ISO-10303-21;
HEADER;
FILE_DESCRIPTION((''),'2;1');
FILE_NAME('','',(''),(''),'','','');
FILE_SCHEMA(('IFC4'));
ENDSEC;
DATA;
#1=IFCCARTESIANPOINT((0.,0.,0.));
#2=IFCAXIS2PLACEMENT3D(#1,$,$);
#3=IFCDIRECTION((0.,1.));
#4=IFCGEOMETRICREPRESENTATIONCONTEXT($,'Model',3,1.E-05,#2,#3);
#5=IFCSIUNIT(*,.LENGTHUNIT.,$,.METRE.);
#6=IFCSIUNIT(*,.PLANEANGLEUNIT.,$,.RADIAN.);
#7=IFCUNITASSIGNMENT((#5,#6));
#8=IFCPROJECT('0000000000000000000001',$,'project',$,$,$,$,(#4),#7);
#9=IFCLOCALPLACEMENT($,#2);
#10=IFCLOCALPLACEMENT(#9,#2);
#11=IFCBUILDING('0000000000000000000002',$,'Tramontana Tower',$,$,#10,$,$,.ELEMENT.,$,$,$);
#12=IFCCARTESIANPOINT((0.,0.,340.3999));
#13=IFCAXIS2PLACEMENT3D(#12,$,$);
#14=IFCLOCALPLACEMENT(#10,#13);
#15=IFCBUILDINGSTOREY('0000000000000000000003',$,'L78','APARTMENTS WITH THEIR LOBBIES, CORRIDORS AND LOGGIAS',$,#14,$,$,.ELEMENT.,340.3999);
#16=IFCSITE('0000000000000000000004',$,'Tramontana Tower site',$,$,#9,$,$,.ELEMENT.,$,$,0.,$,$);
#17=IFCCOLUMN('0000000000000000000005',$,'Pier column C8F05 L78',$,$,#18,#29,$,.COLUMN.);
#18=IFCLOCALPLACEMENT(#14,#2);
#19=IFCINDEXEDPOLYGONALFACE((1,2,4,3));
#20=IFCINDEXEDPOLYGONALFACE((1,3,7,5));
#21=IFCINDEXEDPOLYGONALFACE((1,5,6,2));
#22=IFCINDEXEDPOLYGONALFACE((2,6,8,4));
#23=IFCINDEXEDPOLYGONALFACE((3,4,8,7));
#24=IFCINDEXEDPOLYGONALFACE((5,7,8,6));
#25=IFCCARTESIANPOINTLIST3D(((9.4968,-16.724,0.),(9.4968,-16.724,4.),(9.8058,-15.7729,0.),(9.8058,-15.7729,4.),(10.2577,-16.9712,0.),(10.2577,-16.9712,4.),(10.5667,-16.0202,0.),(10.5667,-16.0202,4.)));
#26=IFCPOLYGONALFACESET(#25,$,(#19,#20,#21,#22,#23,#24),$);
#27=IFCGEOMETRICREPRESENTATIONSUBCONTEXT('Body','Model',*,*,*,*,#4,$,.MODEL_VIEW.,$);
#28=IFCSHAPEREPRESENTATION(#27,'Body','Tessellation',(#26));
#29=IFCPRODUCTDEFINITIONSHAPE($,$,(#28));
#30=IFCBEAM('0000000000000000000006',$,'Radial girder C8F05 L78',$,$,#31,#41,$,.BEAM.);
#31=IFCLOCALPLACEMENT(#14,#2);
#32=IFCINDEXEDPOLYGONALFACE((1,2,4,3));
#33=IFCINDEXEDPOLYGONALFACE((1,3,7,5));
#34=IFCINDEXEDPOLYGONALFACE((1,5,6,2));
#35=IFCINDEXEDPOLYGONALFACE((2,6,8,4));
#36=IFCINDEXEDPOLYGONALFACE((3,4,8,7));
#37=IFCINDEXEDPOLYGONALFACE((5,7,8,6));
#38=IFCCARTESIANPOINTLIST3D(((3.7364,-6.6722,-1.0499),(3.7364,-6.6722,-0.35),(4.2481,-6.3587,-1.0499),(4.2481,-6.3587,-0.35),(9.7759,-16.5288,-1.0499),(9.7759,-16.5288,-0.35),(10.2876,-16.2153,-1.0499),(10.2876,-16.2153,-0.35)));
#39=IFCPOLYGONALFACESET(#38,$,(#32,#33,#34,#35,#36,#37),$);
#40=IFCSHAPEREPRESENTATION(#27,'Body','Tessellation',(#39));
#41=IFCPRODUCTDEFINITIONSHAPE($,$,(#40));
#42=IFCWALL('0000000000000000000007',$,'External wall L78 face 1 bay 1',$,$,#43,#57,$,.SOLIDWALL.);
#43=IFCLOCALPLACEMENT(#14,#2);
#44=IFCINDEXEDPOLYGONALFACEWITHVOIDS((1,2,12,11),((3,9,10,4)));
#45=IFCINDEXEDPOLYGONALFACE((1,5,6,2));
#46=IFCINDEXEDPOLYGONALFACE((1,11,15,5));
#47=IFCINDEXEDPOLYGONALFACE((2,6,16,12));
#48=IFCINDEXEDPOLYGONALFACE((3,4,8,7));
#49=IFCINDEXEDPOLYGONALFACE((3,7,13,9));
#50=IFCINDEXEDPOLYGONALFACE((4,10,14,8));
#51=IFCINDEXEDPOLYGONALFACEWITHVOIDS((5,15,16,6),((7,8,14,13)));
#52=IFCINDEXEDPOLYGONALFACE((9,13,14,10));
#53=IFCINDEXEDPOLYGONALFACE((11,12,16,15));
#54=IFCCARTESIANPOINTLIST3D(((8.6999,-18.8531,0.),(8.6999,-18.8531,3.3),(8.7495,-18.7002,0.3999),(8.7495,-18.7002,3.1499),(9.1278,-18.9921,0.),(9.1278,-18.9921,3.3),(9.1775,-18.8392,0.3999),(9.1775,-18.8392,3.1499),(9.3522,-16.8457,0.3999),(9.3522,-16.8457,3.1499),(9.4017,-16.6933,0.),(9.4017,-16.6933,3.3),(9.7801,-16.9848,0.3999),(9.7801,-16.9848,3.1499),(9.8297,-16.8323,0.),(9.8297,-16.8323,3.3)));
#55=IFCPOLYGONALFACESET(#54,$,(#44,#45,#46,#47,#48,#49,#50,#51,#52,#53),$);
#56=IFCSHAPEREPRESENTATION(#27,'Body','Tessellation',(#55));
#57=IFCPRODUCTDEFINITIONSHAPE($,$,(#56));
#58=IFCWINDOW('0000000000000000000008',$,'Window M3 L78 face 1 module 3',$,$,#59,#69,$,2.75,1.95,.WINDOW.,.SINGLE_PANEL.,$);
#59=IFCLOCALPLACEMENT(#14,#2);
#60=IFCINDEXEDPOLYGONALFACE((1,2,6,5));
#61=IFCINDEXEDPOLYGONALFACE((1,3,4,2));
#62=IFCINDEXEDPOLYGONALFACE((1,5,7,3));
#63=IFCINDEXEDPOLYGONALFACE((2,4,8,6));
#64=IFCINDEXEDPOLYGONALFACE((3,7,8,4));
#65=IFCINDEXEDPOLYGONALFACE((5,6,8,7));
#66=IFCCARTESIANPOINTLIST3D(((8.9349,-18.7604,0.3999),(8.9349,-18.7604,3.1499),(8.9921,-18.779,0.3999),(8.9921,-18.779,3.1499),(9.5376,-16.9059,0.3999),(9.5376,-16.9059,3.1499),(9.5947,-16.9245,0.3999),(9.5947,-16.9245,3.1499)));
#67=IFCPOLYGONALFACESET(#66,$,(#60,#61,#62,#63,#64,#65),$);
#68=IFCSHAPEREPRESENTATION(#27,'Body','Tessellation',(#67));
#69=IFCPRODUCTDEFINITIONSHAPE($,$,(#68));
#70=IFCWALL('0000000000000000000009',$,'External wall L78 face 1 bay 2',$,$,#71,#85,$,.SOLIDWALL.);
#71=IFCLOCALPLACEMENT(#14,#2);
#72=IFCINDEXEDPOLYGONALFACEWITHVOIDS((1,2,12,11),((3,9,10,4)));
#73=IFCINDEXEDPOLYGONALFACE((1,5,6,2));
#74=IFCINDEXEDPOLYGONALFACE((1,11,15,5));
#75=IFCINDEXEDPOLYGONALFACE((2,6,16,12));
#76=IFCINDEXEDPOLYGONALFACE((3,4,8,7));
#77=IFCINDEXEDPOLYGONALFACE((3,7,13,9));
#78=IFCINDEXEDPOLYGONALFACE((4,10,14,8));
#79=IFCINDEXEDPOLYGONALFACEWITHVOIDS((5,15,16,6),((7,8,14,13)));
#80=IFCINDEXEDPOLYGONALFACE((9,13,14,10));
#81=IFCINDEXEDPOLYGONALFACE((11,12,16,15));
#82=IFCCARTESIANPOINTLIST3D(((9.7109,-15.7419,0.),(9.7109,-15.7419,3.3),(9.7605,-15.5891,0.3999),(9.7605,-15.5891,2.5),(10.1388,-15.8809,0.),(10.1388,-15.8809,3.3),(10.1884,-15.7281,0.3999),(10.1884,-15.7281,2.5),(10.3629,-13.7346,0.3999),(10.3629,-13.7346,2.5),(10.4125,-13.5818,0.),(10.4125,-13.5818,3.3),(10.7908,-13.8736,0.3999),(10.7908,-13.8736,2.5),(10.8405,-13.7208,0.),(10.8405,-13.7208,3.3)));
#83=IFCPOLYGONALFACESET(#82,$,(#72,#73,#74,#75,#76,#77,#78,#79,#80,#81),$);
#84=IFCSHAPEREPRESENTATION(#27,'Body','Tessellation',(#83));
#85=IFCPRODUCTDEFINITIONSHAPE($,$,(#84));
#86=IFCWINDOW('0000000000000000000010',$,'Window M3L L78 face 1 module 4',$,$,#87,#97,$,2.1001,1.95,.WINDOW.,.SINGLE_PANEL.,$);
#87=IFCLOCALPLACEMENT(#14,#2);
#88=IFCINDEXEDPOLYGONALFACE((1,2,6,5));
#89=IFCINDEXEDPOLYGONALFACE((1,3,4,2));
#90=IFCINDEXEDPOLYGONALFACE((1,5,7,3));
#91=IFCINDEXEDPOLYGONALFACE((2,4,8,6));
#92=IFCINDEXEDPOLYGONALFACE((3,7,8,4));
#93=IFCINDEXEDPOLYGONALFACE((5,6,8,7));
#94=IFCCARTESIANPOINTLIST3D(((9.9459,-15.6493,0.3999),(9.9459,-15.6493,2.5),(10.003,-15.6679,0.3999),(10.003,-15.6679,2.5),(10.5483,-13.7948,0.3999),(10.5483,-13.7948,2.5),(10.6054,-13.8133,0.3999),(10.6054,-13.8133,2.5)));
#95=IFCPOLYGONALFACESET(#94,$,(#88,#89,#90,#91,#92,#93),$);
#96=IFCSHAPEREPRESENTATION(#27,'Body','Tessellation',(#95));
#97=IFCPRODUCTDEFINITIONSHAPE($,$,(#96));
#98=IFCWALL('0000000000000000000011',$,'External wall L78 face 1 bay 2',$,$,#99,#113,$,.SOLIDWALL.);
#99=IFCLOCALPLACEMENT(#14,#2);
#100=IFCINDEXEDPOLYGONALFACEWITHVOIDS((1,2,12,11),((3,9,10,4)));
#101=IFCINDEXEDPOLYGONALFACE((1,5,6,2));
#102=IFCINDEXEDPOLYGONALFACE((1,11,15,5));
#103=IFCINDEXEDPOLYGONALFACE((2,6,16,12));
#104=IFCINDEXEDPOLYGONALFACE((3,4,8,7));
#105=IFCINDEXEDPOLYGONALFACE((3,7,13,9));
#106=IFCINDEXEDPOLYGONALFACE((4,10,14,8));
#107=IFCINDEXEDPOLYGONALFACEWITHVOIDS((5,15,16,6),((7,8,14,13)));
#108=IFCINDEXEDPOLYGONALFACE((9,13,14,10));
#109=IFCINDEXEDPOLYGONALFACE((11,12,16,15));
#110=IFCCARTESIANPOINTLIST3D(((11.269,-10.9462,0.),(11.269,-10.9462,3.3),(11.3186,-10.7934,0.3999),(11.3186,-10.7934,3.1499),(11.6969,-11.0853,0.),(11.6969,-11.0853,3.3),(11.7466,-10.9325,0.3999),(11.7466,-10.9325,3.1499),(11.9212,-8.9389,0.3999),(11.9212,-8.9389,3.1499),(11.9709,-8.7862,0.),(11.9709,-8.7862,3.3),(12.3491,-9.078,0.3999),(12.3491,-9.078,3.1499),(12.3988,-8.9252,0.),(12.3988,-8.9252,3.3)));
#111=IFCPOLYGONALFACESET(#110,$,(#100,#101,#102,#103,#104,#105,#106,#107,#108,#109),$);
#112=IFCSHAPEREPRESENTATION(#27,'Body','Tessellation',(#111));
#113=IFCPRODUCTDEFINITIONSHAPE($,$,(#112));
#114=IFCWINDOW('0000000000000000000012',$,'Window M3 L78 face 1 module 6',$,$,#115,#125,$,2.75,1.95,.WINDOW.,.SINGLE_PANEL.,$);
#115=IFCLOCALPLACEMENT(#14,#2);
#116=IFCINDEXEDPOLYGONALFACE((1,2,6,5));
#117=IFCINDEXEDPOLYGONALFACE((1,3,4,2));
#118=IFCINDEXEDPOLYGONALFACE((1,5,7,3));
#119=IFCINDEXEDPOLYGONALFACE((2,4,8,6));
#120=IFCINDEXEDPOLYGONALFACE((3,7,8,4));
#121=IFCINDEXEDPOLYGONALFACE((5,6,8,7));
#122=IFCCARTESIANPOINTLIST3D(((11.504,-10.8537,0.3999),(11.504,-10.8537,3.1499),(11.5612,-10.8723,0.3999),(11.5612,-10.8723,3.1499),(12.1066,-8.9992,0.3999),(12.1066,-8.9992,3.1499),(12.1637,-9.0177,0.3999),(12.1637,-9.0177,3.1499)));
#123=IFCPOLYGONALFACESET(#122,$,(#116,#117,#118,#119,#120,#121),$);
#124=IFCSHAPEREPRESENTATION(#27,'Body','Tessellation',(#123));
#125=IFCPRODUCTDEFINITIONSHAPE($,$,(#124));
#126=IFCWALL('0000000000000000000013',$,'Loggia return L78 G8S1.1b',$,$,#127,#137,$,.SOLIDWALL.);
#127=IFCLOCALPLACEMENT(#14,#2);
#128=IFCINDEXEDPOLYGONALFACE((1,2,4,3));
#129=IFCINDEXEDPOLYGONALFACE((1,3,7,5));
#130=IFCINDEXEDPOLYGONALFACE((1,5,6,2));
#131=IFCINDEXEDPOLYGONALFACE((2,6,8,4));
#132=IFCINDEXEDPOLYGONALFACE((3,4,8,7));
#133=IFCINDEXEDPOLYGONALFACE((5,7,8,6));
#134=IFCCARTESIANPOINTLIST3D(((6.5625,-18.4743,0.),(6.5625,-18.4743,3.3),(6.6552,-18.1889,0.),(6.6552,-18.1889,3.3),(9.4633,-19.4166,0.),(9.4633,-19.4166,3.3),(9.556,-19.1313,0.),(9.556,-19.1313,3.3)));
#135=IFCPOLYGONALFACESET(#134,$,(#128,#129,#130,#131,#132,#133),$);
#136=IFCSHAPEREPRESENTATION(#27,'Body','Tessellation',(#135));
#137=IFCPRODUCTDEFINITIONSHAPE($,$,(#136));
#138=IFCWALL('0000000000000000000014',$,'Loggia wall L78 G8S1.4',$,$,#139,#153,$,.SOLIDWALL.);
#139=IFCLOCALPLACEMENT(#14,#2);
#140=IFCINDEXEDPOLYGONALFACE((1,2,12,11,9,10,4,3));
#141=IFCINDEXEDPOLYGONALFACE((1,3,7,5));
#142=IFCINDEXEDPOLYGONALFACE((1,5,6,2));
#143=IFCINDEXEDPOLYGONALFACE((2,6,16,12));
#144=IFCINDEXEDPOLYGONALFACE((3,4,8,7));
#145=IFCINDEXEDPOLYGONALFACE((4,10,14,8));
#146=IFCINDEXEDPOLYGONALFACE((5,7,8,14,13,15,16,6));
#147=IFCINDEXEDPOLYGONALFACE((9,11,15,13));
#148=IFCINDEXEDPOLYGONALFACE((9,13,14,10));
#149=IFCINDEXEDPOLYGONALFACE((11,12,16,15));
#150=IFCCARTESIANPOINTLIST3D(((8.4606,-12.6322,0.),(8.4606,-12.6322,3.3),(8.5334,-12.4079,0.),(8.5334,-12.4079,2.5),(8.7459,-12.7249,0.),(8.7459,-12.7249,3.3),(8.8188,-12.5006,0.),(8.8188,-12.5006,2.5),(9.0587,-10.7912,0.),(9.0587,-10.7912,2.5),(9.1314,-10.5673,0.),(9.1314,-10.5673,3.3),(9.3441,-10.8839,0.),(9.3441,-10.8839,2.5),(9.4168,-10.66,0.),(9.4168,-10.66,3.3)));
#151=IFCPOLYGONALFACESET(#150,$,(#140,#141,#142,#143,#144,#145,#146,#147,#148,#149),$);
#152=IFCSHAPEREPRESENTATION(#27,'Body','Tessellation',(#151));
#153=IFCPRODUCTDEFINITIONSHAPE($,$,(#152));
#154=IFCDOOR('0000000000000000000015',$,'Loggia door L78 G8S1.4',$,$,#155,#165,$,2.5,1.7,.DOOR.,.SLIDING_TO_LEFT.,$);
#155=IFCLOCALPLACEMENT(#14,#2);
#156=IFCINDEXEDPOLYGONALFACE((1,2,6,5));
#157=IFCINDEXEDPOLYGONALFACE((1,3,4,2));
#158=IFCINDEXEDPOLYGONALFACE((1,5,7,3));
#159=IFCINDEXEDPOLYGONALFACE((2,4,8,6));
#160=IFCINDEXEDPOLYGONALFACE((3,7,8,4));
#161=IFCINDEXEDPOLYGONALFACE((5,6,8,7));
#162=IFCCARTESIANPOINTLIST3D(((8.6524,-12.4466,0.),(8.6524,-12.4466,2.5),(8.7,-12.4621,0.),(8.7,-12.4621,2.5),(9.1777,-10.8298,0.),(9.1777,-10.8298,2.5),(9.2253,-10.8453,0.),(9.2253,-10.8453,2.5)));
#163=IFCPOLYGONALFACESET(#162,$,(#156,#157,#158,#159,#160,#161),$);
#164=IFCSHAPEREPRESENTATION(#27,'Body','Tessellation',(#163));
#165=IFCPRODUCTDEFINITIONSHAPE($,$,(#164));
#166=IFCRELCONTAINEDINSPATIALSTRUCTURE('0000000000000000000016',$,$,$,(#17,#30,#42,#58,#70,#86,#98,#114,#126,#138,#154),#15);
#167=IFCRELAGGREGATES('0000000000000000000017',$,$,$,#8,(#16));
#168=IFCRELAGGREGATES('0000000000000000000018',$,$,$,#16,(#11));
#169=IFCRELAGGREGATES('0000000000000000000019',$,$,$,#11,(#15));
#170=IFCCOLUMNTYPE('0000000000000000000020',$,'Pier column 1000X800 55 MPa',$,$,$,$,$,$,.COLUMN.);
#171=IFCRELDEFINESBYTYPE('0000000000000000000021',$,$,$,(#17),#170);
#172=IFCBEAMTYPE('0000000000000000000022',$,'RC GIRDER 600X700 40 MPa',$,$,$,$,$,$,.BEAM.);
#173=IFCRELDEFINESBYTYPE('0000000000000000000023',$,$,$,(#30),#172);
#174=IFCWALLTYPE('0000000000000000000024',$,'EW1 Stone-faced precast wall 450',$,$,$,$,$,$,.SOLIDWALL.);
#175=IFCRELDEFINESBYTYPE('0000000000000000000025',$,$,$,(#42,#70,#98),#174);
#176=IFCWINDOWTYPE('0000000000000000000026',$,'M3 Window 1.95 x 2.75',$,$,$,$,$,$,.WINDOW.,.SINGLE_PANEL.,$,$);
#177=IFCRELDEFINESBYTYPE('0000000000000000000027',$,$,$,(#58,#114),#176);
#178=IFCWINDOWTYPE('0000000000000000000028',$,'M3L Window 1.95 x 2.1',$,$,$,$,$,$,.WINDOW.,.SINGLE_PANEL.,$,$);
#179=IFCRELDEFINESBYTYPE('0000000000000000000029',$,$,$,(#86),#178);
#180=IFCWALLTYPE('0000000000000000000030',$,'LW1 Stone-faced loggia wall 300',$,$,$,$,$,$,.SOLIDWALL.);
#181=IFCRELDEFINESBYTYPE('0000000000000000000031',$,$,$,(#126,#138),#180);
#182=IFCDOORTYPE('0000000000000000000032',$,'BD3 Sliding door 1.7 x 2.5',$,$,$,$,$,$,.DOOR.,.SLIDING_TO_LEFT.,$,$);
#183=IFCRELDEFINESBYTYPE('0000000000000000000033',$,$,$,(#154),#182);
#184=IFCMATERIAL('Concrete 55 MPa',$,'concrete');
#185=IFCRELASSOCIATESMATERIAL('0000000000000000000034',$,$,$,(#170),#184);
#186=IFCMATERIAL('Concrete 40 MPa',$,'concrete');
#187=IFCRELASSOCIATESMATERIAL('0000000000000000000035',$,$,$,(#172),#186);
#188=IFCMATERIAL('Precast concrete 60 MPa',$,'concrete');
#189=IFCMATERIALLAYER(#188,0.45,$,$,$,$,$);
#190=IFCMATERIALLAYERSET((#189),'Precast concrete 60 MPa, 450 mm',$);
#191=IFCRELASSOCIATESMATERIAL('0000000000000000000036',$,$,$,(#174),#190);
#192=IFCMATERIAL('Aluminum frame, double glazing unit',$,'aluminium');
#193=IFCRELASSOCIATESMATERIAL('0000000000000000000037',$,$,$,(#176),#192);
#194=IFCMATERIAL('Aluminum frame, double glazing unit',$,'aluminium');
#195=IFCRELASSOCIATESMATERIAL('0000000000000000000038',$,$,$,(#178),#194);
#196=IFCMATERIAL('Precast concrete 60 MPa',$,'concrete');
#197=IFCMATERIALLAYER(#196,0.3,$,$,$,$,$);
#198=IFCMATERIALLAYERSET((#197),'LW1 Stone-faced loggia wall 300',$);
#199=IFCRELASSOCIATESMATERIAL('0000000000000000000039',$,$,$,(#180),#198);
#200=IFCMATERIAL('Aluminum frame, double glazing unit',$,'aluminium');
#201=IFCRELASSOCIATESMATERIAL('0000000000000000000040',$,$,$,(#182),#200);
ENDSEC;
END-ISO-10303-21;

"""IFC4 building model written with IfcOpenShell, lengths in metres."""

from ifc_helpers import new_model, si_unit, direction, frame, frame_2d, origin, origin_2d, place, context, subcontext, project, spatial, rectangle, extrude, material, layer, layer_set, material_profile, profile_set, type_object, element, fill, save


model = new_model("IFC4")

# Units and contexts
model_context = context("Model", 3, precision=1e-05, world=origin(), true_north=direction((0.0, 1.0)))
body_context = subcontext(model_context, "Body", "Model", "MODEL_VIEW")
ifc_project = project(units=[si_unit("LENGTHUNIT", "METRE"), si_unit("PLANEANGLEUNIT", "RADIAN")], contexts=[model_context])

# Site, building, storey
site_placement = place(None, origin())
site = spatial("IfcSite", under=ifc_project, at=site_placement, Name="Tramontana Tower site", CompositionType="ELEMENT", RefElevation=0.0)
building_placement = place(site_placement, origin())
building = spatial("IfcBuilding", under=site, at=building_placement, Name="Tramontana Tower", CompositionType="ELEMENT")
storey_placement = place(building_placement, frame((0.0, 0.0, 340.3999)))
storey = spatial("IfcBuildingStorey", under=building, at=storey_placement, Name="L78", Description="APARTMENTS WITH THEIR LOBBIES, CORRIDORS AND LOGGIAS", CompositionType="ELEMENT", Elevation=340.3999)

# Column
ifc_material_1 = material(Name="Concrete 55 MPa", Category="concrete")
ifc_material_profile_1 = material_profile(ifc_material_1, rectangle(XDim=1.0, YDim=0.8, at=origin_2d()), Name="Pier column 1000X800 55 MPa")
ifc_profile_set_1 = profile_set([ifc_material_profile_1], Name="Concrete 55 MPa")
column_type = type_object("IfcColumnType", Name="Pier column 1000X800 55 MPa", PredefinedType="COLUMN", material=ifc_profile_set_1)
column_placement = place(storey_placement, frame((10.0317, -16.3721, 0.0), z_axis=(0.0, 0.0, 1.0), x_axis=(0.309017, 0.951057, 0.0)))
element("IfcColumn", 1, at=column_placement, inside=storey, type_object=column_type, Name="Pier column C8F05 L78", PredefinedType="COLUMN", context=body_context, shape_type="SweptSolid", body=[
    extrude(rectangle(XDim=1.0, YDim=0.8, at=origin_2d()), origin(), (0.0, 0.0, 1.0), 4.0),
])

# Beam
ifc_material_2 = material(Name="Concrete 40 MPa", Category="concrete")
ifc_material_profile_2 = material_profile(ifc_material_2, rectangle(XDim=0.6001, YDim=0.7, at=origin_2d()), Name="RC GIRDER 600X700 40 MPa")
ifc_profile_set_2 = profile_set([ifc_material_profile_2], Name="Concrete 40 MPa")
beam_type = type_object("IfcBeamType", Name="RC GIRDER 600X700 40 MPa", PredefinedType="BEAM", material=ifc_profile_set_2)
beam_placement = place(storey_placement, frame((10.0317, -16.3721, -0.7), z_axis=(-0.522459, 0.852665, 0.0), x_axis=(-0.852665, -0.522459, 0.0)))
element("IfcBeam", 2, at=beam_placement, inside=storey, type_object=beam_type, Name="Radial girder C8F05 L78", PredefinedType="BEAM", context=body_context, shape_type="SweptSolid", body=[
    extrude(rectangle(XDim=0.6001, YDim=0.7, at=origin_2d()), origin(), (0.0, 0.0, 1.0), 11.5598),
])

# Walls, openings, windows
ifc_material_3 = material(Name="Precast concrete 60 MPa", Category="concrete")
ifc_layer_1 = layer(ifc_material_3, 0.45)
ifc_layer_set_1 = layer_set([ifc_layer_1], Name="Precast concrete 60 MPa, 450 mm")
wall_type_1 = type_object("IfcWallType", Name="EW1 Stone-faced precast wall 450", PredefinedType="SOLIDWALL", material=ifc_layer_set_1)
wall_1_placement = place(storey_placement, frame((8.9138, -18.9226, 0.0), z_axis=(0.0, 0.0, 1.0), x_axis=(0.309059, 0.951043, 0.0)))
wall_1 = element("IfcWall", 3, at=wall_1_placement, inside=storey, type_object=wall_type_1, Name="External wall L78 face 1 bay 1", PredefinedType="SOLIDWALL", context=body_context, shape_type="SweptSolid", body=[
    extrude(rectangle(XDim=2.271, YDim=0.45, at=frame_2d((1.1355, 0.0))), origin(), (0.0, 0.0, 1.0), 3.3),
])
opening_1_placement = place(wall_1_placement, frame((0.1606, 0.0, 0.3999)))
opening_1 = element("IfcOpeningElement", 4, at=opening_1_placement, cuts=wall_1, PredefinedType="OPENING", context=body_context, shape_type="SweptSolid", body=[
    extrude(rectangle(XDim=1.95, YDim=2.75, at=frame_2d((0.9751, 1.375))), frame((0.0, 0.2349, 0.0), z_axis=(0.0, -1.0, 0.0), x_axis=(1.0, 0.0, 0.0)), (0.0, 0.0, 1.0), 0.47),
])
ifc_material_4 = material(Name="Aluminum frame, double glazing unit", Category="aluminium")
window_type_1 = type_object("IfcWindowType", Name="M3 Window 1.95 x 2.75", PartitioningType="SINGLE_PANEL", PredefinedType="WINDOW", material=ifc_material_4)
window_1_placement = place(opening_1_placement, origin())
window_1 = element("IfcWindow", 5, at=window_1_placement, inside=storey, type_object=window_type_1, Name="Window M3 L78 face 1 module 3", OverallHeight=2.75, OverallWidth=1.95, PartitioningType="SINGLE_PANEL", PredefinedType="WINDOW", context=body_context, shape_type="SweptSolid", body=[
    extrude(rectangle(XDim=1.95, YDim=2.75, at=frame_2d((0.9751, 1.375))), frame((0.0, 0.03, 0.0), z_axis=(0.0, -1.0, 0.0), x_axis=(1.0, 0.0, 0.0)), (0.0, 0.0, 1.0), 0.0601),
])
fill(opening_1, window_1)
wall_2_placement = place(storey_placement, frame((9.9248, -15.8115, 0.0), z_axis=(0.0, 0.0, 1.0), x_axis=(0.308931, 0.951085, 0.0)))
wall_2 = element("IfcWall", 6, at=wall_2_placement, inside=storey, type_object=wall_type_1, Name="External wall L78 face 1 bay 2", PredefinedType="SOLIDWALL", context=body_context, shape_type="SweptSolid", body=[
    extrude(rectangle(XDim=2.2712, YDim=0.45, at=frame_2d((1.1357, 0.0))), origin(), (0.0, 0.0, 1.0), 3.3),
])
opening_2_placement = place(wall_2_placement, frame((0.1606, 0.0, 0.3999)))
opening_2 = element("IfcOpeningElement", 7, at=opening_2_placement, cuts=wall_2, PredefinedType="OPENING", context=body_context, shape_type="SweptSolid", body=[
    extrude(rectangle(XDim=1.95, YDim=2.1001, at=frame_2d((0.9751, 1.05))), frame((0.0, 0.2349, 0.0), z_axis=(0.0, -1.0, 0.0), x_axis=(1.0, 0.0, 0.0)), (0.0, 0.0, 1.0), 0.47),
])
ifc_material_5 = material(Name="Aluminum frame, double glazing unit", Category="aluminium")
window_type_2 = type_object("IfcWindowType", Name="M3L Window 1.95 x 2.1", PartitioningType="SINGLE_PANEL", PredefinedType="WINDOW", material=ifc_material_5)
window_2_placement = place(opening_2_placement, origin())
window_2 = element("IfcWindow", 8, at=window_2_placement, inside=storey, type_object=window_type_2, Name="Window M3L L78 face 1 module 4", OverallHeight=2.1001, OverallWidth=1.95, PartitioningType="SINGLE_PANEL", PredefinedType="WINDOW", context=body_context, shape_type="SweptSolid", body=[
    extrude(rectangle(XDim=1.95, YDim=2.1001, at=frame_2d((0.9751, 1.05))), frame((0.0, 0.03, 0.0), z_axis=(0.0, -1.0, 0.0), x_axis=(1.0, 0.0, 0.0)), (0.0, 0.0, 1.0), 0.0601),
])
fill(opening_2, window_2)
wall_3_placement = place(storey_placement, frame((11.4829, -11.0159, 0.0), z_axis=(0.0, 0.0, 1.0), x_axis=(0.309028, 0.951053, 0.0)))
wall_3 = element("IfcWall", 9, at=wall_3_placement, inside=storey, type_object=wall_type_1, Name="External wall L78 face 1 bay 2", PredefinedType="SOLIDWALL", context=body_context, shape_type="SweptSolid", body=[
    extrude(rectangle(XDim=2.2712, YDim=0.45, at=frame_2d((1.1357, 0.0))), origin(), (0.0, 0.0, 1.0), 3.3),
])
opening_3_placement = place(wall_3_placement, frame((0.1606, 0.0, 0.3999)))
opening_3 = element("IfcOpeningElement", 10, at=opening_3_placement, cuts=wall_3, PredefinedType="OPENING", context=body_context, shape_type="SweptSolid", body=[
    extrude(rectangle(XDim=1.95, YDim=2.75, at=frame_2d((0.9751, 1.375))), frame((0.0, 0.2349, 0.0), z_axis=(0.0, -1.0, 0.0), x_axis=(1.0, 0.0, 0.0)), (0.0, 0.0, 1.0), 0.47),
])
window_3_placement = place(opening_3_placement, origin())
window_3 = element("IfcWindow", 11, at=window_3_placement, inside=storey, type_object=window_type_1, Name="Window M3 L78 face 1 module 6", OverallHeight=2.75, OverallWidth=1.95, PartitioningType="SINGLE_PANEL", PredefinedType="WINDOW", context=body_context, shape_type="SweptSolid", body=[
    extrude(rectangle(XDim=1.95, YDim=2.75, at=frame_2d((0.9751, 1.375))), frame((0.0, 0.03, 0.0), z_axis=(0.0, -1.0, 0.0), x_axis=(1.0, 0.0, 0.0)), (0.0, 0.0, 1.0), 0.0601),
])
fill(opening_3, window_3)

# Wall
ifc_material_6 = material(Name="Precast concrete 60 MPa", Category="concrete")
ifc_layer_2 = layer(ifc_material_6, 0.3)
ifc_layer_set_2 = layer_set([ifc_layer_2], Name="LW1 Stone-faced loggia wall 300")
wall_type_2 = type_object("IfcWallType", Name="LW1 Stone-faced loggia wall 300", PredefinedType="SOLIDWALL", material=ifc_layer_set_2)
wall_4_placement = place(storey_placement, frame((9.5095, -19.2739, 0.0), z_axis=(0.0, 0.0, 1.0), x_axis=(-0.951073, 0.308967, 0.0)))
element("IfcWall", 12, at=wall_4_placement, inside=storey, type_object=wall_type_2, Name="Loggia return L78 G8S1.1b", PredefinedType="SOLIDWALL", context=body_context, shape_type="SweptSolid", body=[
    extrude(rectangle(XDim=3.05, YDim=0.3, at=frame_2d((1.5249, 0.0))), origin(), (0.0, 0.0, 1.0), 3.3),
])

# Wall, opening, door
wall_5_placement = place(storey_placement, frame((8.6033, -12.6785, 0.0), z_axis=(0.0, 0.0, 1.0), x_axis=(0.309, 0.951062, 0.0)))
wall_5 = element("IfcWall", 13, at=wall_5_placement, inside=storey, type_object=wall_type_2, Name="Loggia wall L78 G8S1.4", PredefinedType="SOLIDWALL", context=body_context, shape_type="SweptSolid", body=[
    extrude(rectangle(XDim=2.1711, YDim=0.3, at=frame_2d((1.0854, 0.0))), origin(), (0.0, 0.0, 1.0), 3.3),
])
opening_4_placement = place(wall_5_placement, frame((0.2356, 0.0, 0.0)))
opening_4 = element("IfcOpeningElement", 14, at=opening_4_placement, cuts=wall_5, PredefinedType="OPENING", context=body_context, shape_type="SweptSolid", body=[
    extrude(rectangle(XDim=1.7, YDim=2.5, at=frame_2d((0.8501, 1.25))), frame((0.0, 0.1599, 0.0), z_axis=(0.0, -1.0, 0.0), x_axis=(1.0, 0.0, 0.0)), (0.0, 0.0, 1.0), 0.3201),
])
ifc_material_7 = material(Name="Aluminum frame, double glazing unit", Category="aluminium")
door_type_1 = type_object("IfcDoorType", Name="BD3 Sliding door 1.7 x 2.5", OperationType="SLIDING_TO_LEFT", PredefinedType="DOOR", material=ifc_material_7)
door_1_placement = place(opening_4_placement, origin())
door_1 = element("IfcDoor", 15, at=door_1_placement, inside=storey, type_object=door_type_1, Name="Loggia door L78 G8S1.4", OperationType="SLIDING_TO_LEFT", OverallHeight=2.5, OverallWidth=1.7, PredefinedType="DOOR", context=body_context, shape_type="SweptSolid", body=[
    extrude(rectangle(XDim=1.7, YDim=2.5, at=frame_2d((0.8501, 1.25))), frame((0.0, 0.0249, 0.0), z_axis=(0.0, -1.0, 0.0), x_axis=(1.0, 0.0, 0.0)), (0.0, 0.0, 1.0), 0.05),
])
fill(opening_4, door_1)

save(model, "model.ifc")
